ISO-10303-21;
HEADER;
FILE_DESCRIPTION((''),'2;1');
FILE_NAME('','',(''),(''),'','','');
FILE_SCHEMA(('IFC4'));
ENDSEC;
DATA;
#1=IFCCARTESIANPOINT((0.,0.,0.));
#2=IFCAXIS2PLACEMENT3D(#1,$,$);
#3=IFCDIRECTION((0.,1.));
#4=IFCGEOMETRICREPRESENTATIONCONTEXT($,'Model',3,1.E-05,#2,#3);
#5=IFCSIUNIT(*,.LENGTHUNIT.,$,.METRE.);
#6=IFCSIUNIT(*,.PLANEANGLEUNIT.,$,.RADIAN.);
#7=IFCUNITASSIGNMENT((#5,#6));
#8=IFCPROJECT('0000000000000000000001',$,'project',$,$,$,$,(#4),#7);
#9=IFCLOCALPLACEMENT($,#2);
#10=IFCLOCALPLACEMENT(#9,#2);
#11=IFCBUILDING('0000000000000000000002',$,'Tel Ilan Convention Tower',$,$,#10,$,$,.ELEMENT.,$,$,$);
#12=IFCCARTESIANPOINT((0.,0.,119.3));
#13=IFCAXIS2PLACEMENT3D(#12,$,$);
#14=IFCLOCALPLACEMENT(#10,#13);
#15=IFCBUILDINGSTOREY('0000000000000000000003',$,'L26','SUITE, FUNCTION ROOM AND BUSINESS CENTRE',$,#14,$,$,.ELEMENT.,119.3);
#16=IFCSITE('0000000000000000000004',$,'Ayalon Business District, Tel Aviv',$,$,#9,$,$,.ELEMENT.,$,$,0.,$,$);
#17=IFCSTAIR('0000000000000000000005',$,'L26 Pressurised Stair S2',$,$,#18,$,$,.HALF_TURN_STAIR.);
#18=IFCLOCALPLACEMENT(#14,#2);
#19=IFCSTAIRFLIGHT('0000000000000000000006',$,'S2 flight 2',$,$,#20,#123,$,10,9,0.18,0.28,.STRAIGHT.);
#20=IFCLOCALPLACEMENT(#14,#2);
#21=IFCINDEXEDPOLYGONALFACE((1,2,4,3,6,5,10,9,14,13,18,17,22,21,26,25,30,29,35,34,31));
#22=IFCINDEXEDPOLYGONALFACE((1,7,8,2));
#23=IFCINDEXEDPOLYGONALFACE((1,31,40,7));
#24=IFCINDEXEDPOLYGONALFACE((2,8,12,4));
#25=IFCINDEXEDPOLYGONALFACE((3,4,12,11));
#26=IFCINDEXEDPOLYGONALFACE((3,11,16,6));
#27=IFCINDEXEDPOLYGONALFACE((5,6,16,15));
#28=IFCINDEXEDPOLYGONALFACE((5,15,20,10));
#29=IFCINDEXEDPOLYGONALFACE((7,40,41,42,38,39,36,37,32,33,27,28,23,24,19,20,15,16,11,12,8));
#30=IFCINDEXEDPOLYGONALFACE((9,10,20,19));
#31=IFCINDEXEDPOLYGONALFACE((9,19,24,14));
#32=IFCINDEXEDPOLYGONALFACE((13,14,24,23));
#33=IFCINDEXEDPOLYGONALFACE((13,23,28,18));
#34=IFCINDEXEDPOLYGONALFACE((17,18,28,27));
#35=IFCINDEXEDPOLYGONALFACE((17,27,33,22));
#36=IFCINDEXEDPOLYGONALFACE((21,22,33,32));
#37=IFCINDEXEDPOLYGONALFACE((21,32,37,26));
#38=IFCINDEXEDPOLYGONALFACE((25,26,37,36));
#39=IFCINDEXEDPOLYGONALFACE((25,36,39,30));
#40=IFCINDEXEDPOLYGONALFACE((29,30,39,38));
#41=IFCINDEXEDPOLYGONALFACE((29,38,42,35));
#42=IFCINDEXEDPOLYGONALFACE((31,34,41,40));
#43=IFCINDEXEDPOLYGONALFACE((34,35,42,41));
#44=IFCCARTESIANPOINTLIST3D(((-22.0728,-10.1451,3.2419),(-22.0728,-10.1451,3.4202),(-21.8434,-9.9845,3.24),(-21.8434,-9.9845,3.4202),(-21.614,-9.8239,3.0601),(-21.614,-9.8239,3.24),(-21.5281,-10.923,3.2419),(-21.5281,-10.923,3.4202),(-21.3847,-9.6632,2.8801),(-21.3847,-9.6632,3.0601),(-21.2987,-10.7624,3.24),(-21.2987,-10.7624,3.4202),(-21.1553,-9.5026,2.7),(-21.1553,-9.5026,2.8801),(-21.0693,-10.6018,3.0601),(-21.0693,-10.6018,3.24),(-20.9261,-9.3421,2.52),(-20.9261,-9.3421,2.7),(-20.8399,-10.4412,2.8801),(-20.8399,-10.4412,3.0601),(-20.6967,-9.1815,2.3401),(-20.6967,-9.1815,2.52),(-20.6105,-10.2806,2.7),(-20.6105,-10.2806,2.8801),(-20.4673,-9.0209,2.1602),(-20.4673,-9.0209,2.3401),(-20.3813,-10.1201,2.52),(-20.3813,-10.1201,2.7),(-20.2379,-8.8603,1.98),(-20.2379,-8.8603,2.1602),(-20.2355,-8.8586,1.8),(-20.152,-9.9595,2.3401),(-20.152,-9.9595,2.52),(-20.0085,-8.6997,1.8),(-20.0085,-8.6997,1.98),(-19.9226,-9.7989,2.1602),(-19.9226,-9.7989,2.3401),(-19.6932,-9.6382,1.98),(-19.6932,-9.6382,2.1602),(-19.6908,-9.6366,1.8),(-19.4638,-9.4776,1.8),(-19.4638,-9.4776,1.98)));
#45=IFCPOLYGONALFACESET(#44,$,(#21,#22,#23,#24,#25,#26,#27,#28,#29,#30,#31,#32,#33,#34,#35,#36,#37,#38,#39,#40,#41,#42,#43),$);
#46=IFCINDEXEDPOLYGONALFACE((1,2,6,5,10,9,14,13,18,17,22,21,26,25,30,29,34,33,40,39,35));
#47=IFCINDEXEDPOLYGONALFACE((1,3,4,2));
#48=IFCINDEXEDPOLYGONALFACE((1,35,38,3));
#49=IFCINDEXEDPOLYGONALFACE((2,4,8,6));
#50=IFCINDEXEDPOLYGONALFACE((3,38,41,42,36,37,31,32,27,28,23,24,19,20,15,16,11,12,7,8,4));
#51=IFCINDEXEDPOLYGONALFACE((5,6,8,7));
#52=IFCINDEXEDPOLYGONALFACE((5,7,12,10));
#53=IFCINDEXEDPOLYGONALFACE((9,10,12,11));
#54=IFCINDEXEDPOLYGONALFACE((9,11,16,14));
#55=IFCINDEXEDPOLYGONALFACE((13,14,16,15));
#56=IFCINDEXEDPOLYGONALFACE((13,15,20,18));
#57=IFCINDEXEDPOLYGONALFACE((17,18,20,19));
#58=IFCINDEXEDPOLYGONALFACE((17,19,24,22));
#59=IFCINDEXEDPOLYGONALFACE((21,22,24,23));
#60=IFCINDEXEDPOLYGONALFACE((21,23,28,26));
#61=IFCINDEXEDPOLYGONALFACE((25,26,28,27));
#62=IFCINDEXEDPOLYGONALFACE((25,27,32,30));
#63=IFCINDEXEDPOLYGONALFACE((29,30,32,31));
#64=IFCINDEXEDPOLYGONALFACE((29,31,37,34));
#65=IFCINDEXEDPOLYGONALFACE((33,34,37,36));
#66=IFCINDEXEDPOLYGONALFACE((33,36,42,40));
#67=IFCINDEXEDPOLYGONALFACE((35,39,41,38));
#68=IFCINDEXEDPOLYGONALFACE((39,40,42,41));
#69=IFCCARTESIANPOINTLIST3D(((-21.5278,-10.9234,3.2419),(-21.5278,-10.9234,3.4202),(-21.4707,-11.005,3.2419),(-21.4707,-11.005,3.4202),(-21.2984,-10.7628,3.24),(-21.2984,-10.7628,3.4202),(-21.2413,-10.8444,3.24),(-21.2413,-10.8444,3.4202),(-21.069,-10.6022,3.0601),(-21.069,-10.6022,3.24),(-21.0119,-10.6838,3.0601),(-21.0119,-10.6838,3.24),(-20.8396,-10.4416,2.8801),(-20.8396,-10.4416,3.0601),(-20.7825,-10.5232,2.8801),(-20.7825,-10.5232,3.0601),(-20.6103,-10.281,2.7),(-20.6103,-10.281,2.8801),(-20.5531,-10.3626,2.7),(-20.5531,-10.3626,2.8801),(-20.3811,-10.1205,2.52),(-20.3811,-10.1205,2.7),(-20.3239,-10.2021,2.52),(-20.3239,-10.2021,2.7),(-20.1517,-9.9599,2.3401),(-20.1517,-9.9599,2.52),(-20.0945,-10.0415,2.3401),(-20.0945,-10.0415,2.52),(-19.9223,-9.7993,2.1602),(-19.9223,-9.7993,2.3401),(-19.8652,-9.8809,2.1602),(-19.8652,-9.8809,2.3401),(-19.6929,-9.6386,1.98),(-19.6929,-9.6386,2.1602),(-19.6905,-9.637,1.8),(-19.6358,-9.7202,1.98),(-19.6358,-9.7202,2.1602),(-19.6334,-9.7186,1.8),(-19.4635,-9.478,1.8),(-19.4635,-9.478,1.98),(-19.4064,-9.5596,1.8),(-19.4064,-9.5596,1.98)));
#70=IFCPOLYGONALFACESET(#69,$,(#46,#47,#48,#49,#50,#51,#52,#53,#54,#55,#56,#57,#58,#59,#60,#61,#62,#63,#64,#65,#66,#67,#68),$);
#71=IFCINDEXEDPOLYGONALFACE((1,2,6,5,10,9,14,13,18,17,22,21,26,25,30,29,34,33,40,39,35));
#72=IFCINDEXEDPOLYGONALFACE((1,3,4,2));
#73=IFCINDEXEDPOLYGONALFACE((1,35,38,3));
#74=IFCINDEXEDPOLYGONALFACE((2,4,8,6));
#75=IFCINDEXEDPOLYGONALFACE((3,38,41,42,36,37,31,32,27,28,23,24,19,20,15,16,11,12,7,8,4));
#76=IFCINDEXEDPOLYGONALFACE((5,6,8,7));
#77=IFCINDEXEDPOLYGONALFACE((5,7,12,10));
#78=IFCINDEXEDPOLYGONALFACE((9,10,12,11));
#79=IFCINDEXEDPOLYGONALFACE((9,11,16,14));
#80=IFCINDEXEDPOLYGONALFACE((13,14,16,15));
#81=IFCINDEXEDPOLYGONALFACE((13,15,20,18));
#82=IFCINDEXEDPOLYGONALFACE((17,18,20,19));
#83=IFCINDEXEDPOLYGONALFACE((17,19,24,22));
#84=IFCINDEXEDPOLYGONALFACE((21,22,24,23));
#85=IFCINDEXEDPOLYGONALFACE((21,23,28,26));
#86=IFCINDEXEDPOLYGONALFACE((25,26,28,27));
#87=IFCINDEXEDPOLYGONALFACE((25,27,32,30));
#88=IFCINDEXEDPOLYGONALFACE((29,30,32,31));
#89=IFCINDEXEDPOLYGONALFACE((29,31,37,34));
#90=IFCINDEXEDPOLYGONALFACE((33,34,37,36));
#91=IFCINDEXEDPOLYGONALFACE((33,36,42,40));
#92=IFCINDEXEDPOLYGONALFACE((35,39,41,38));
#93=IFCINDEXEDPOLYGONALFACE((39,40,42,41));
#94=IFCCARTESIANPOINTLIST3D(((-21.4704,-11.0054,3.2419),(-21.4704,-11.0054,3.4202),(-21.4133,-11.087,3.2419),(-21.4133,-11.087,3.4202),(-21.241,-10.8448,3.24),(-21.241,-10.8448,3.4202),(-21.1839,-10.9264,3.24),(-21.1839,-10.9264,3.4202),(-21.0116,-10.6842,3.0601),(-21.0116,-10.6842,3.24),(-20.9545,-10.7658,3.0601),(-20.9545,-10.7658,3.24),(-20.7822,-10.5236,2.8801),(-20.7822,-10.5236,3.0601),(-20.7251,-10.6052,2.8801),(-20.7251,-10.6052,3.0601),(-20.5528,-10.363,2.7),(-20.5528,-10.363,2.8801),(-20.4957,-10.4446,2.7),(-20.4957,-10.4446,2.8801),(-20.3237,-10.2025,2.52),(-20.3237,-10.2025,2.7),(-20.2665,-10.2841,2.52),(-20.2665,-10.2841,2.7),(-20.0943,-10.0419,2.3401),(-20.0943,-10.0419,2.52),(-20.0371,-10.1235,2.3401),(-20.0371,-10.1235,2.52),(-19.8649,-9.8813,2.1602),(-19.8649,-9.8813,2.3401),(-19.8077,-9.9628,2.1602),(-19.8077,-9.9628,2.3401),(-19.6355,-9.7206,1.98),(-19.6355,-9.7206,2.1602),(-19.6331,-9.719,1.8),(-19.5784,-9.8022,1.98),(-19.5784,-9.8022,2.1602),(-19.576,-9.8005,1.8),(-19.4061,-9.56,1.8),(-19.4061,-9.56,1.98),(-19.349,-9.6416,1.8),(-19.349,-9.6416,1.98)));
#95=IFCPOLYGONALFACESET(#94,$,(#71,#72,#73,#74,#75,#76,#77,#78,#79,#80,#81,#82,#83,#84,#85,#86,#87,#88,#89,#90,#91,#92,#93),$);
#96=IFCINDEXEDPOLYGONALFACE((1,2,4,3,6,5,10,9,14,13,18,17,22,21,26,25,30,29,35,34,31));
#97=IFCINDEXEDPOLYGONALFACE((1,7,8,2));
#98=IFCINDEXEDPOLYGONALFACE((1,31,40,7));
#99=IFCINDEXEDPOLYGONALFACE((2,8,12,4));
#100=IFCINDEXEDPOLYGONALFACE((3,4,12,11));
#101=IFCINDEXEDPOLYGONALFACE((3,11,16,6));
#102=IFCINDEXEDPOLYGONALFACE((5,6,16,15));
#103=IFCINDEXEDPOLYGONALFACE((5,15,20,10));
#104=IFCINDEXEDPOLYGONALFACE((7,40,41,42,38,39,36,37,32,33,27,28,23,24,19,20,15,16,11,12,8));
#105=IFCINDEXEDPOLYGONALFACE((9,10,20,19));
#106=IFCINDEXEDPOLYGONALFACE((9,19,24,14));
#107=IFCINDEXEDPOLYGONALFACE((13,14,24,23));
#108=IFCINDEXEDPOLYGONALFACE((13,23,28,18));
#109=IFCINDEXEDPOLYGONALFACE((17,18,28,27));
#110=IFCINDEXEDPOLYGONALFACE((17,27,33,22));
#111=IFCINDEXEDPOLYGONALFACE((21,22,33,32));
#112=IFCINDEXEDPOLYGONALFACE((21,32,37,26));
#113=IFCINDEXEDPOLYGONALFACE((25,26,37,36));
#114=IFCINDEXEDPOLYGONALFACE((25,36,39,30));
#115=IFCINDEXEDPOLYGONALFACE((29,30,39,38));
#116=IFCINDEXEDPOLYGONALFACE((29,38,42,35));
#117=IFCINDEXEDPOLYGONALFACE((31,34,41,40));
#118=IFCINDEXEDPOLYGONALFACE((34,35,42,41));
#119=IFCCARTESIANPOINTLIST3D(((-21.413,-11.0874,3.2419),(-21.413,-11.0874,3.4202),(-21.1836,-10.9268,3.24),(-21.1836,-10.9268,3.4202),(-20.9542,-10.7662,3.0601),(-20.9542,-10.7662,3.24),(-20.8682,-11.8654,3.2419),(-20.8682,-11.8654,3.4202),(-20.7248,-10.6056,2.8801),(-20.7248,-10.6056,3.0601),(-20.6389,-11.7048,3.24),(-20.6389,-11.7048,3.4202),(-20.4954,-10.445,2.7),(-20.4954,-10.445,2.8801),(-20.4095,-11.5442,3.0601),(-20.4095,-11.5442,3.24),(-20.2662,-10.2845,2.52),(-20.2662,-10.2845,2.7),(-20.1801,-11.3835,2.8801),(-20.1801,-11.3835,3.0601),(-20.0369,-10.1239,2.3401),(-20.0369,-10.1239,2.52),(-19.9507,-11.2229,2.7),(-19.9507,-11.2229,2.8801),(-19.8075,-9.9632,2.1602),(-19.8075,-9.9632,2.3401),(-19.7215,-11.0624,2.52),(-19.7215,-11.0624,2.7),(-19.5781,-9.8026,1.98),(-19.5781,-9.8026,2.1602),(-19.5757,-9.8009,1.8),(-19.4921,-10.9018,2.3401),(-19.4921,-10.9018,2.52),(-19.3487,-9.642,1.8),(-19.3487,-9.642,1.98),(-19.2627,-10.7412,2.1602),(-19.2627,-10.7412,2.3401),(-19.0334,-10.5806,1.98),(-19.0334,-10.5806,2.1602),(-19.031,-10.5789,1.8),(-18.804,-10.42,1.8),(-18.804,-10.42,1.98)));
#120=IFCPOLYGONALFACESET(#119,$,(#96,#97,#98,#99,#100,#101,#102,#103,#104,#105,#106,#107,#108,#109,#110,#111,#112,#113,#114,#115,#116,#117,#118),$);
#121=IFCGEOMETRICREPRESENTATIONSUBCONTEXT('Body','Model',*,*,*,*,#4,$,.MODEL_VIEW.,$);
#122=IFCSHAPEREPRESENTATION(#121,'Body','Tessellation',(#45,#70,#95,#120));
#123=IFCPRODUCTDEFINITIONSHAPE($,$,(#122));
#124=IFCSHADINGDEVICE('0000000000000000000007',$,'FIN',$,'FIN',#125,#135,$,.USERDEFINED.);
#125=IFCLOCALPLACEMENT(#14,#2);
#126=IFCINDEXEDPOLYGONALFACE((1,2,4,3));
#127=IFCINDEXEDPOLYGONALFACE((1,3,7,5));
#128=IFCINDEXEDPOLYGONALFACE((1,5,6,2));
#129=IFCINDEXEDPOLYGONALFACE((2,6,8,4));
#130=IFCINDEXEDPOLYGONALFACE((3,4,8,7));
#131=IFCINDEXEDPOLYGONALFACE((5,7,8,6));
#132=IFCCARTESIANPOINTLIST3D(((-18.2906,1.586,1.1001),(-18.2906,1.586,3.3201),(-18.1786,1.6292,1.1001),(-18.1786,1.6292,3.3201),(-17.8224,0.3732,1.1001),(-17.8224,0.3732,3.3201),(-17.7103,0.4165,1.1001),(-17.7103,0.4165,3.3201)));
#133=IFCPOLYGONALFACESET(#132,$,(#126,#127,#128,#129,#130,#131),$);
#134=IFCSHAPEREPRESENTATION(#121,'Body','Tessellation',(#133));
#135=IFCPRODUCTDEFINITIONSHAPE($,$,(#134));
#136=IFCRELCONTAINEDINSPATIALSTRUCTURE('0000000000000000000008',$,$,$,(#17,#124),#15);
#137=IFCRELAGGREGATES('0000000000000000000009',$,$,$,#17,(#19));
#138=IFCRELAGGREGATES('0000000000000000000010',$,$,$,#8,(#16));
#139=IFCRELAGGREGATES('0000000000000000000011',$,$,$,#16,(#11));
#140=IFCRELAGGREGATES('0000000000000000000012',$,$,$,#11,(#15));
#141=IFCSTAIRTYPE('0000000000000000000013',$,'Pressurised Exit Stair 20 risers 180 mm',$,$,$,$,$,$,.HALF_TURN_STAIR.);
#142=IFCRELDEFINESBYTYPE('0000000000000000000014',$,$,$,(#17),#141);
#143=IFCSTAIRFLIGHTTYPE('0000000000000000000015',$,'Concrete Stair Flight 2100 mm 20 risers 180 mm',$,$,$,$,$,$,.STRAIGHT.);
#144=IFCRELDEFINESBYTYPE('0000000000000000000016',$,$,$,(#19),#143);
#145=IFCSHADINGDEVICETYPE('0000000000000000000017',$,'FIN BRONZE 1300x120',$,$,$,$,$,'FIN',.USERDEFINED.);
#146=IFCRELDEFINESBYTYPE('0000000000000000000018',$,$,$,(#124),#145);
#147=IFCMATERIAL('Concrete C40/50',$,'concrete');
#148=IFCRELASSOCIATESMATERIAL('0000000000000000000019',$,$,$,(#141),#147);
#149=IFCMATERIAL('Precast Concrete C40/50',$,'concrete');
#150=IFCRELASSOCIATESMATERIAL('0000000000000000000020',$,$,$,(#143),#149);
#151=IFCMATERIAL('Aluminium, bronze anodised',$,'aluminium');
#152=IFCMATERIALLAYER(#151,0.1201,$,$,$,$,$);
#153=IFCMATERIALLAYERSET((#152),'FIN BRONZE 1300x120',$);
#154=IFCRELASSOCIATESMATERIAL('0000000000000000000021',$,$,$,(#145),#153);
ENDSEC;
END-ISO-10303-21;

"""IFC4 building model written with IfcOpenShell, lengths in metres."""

from ifc_helpers import new_model, si_unit, direction, frame, origin, origin_2d, place, context, subcontext, project, spatial, polyline, rectangle, outline, extrude, material, layer, layer_set, type_object, element, aggregate, save


model = new_model("IFC4")

# Units and contexts
model_context = context("Model", 3, precision=1e-05, world=origin(), true_north=direction((0.0, 1.0)))
body_context = subcontext(model_context, "Body", "Model", "MODEL_VIEW")
ifc_project = project(units=[si_unit("LENGTHUNIT", "METRE"), si_unit("PLANEANGLEUNIT", "RADIAN")], contexts=[model_context])

# Site, building, storey
site_placement = place(None, origin())
site = spatial("IfcSite", under=ifc_project, at=site_placement, Name="Ayalon Business District, Tel Aviv", CompositionType="ELEMENT", RefElevation=0.0)
building_placement = place(site_placement, origin())
building = spatial("IfcBuilding", under=site, at=building_placement, Name="Tel Ilan Convention Tower", CompositionType="ELEMENT")
storey_placement = place(building_placement, frame((0.0, 0.0, 119.3)))
storey = spatial("IfcBuildingStorey", under=building, at=storey_placement, Name="L26", Description="SUITE, FUNCTION ROOM AND BUSINESS CENTRE", CompositionType="ELEMENT", Elevation=119.3)

# Shared definitions
ifc_material_1 = material(Name="Concrete C40/50", Category="concrete")
stair_type = type_object("IfcStairType", Name="Pressurised Exit Stair 20 risers 180 mm", PredefinedType="HALF_TURN_STAIR", material=ifc_material_1)
ifc_material_2 = material(Name="Precast Concrete C40/50", Category="concrete")
stair_flight_type = type_object("IfcStairFlightType", Name="Concrete Stair Flight 2100 mm 20 risers 180 mm", PredefinedType="STRAIGHT", material=ifc_material_2)

# Stair, stair flight
stair_1_placement = place(storey_placement, origin())
stair_1 = element("IfcStair", 1, at=stair_1_placement, inside=storey, type_object=stair_type, Name="L26 Pressurised Stair S2", PredefinedType="HALF_TURN_STAIR")
stair_flight_1_placement = place(storey_placement, frame((-19.4062, -9.5598, 1.8), z_axis=(0.0, 0.0, 1.0), x_axis=(-0.819152, -0.573576, 0.0)))
stair_flight_1 = element("IfcStairFlight", 2, at=stair_flight_1_placement, type_object=stair_flight_type, Name="S2 flight 2", NumberOfRisers=10, NumberOfTreads=9, PredefinedType="STRAIGHT", RiserHeight=0.18, TreadLength=0.28, context=body_context, shape_type="SweptSolid", body=[
    extrude(outline(polyline([(0.0, 0.0), (0.0, 0.1799), (0.28, 0.1799), (0.28, 0.3601), (0.5601, 0.3601), (0.5601, 0.54), (0.8401, 0.54), (0.8401, 0.72), (1.1201, 0.72), (1.1201, 0.8999), (1.3999, 0.8999), (1.3999, 1.0801), (1.6799, 1.0801), (1.6799, 1.26), (1.96, 1.26), (1.96, 1.4399), (2.24, 1.4399), (2.24, 1.6201), (2.52, 1.6201), (2.52, 1.8), (2.52, 1.4419), (0.2771, 0.0), (0.0, 0.0)])), frame((0.0, -0.1003, 0.0), z_axis=(0.0, -1.0, 0.0), x_axis=(1.0, 0.0, 0.0)), (0.0, 0.0, 1.0), 0.9497),
    extrude(outline(polyline([(0.0, 0.0), (0.0, 0.1799), (0.28, 0.1799), (0.28, 0.3601), (0.5601, 0.3601), (0.5601, 0.54), (0.8401, 0.54), (0.8401, 0.72), (1.1201, 0.72), (1.1201, 0.8999), (1.3999, 0.8999), (1.3999, 1.0801), (1.6799, 1.0801), (1.6799, 1.26), (1.96, 1.26), (1.96, 1.4399), (2.24, 1.4399), (2.24, 1.6201), (2.52, 1.6201), (2.52, 1.8), (2.52, 1.4419), (0.2771, 0.0), (0.0, 0.0)])), frame((0.0, -0.0002, 0.0), z_axis=(0.0, -1.0, 0.0), x_axis=(1.0, 0.0, 0.0)), (0.0, 0.0, 1.0), 0.0996),
    extrude(outline(polyline([(0.0, 0.0), (0.0, 0.1799), (0.28, 0.1799), (0.28, 0.3601), (0.5601, 0.3601), (0.5601, 0.54), (0.8401, 0.54), (0.8401, 0.72), (1.1201, 0.72), (1.1201, 0.8999), (1.3999, 0.8999), (1.3999, 1.0801), (1.6799, 1.0801), (1.6799, 1.26), (1.96, 1.26), (1.96, 1.4399), (2.24, 1.4399), (2.24, 1.6201), (2.52, 1.6201), (2.52, 1.8), (2.52, 1.4419), (0.2771, 0.0), (0.0, 0.0)])), frame((0.0, 0.0999, 0.0), z_axis=(0.0, -1.0, 0.0), x_axis=(1.0, 0.0, 0.0)), (0.0, 0.0, 1.0), 0.0996),
    extrude(outline(polyline([(0.0, 0.0), (0.0, 0.1799), (0.28, 0.1799), (0.28, 0.3601), (0.5601, 0.3601), (0.5601, 0.54), (0.8401, 0.54), (0.8401, 0.72), (1.1201, 0.72), (1.1201, 0.8999), (1.3999, 0.8999), (1.3999, 1.0801), (1.6799, 1.0801), (1.6799, 1.26), (1.96, 1.26), (1.96, 1.4399), (2.24, 1.4399), (2.24, 1.6201), (2.52, 1.6201), (2.52, 1.8), (2.52, 1.4419), (0.2771, 0.0), (0.0, 0.0)])), frame((0.0, 1.05, 0.0), z_axis=(0.0, -1.0, 0.0), x_axis=(1.0, 0.0, 0.0)), (0.0, 0.0, 1.0), 0.9497),
])
aggregate(stair_1, [stair_flight_1])

# Shading device
ifc_material_3 = material(Name="Aluminium, bronze anodised", Category="aluminium")
ifc_layer_1 = layer(ifc_material_3, 0.1201)
ifc_layer_set_1 = layer_set([ifc_layer_1], Name="FIN BRONZE 1300x120")
shading_device_type = type_object("IfcShadingDeviceType", Name="FIN BRONZE 1300x120", ElementType="FIN", PredefinedType="USERDEFINED", material=ifc_layer_set_1)
shading_device_placement = place(storey_placement, frame((-18.0005, 1.0012, 1.1001), z_axis=(0.0, 0.0, 1.0), x_axis=(-0.360178, 0.932884, 0.0)))
element("IfcShadingDevice", 3, at=shading_device_placement, inside=storey, type_object=shading_device_type, Name="FIN", ObjectType="FIN", PredefinedType="USERDEFINED", context=body_context, shape_type="SweptSolid", body=[
    extrude(rectangle(XDim=1.3, YDim=0.1201, at=origin_2d()), origin(), (0.0, 0.0, 1.0), 2.22),
])

save(model, "model.ifc")
